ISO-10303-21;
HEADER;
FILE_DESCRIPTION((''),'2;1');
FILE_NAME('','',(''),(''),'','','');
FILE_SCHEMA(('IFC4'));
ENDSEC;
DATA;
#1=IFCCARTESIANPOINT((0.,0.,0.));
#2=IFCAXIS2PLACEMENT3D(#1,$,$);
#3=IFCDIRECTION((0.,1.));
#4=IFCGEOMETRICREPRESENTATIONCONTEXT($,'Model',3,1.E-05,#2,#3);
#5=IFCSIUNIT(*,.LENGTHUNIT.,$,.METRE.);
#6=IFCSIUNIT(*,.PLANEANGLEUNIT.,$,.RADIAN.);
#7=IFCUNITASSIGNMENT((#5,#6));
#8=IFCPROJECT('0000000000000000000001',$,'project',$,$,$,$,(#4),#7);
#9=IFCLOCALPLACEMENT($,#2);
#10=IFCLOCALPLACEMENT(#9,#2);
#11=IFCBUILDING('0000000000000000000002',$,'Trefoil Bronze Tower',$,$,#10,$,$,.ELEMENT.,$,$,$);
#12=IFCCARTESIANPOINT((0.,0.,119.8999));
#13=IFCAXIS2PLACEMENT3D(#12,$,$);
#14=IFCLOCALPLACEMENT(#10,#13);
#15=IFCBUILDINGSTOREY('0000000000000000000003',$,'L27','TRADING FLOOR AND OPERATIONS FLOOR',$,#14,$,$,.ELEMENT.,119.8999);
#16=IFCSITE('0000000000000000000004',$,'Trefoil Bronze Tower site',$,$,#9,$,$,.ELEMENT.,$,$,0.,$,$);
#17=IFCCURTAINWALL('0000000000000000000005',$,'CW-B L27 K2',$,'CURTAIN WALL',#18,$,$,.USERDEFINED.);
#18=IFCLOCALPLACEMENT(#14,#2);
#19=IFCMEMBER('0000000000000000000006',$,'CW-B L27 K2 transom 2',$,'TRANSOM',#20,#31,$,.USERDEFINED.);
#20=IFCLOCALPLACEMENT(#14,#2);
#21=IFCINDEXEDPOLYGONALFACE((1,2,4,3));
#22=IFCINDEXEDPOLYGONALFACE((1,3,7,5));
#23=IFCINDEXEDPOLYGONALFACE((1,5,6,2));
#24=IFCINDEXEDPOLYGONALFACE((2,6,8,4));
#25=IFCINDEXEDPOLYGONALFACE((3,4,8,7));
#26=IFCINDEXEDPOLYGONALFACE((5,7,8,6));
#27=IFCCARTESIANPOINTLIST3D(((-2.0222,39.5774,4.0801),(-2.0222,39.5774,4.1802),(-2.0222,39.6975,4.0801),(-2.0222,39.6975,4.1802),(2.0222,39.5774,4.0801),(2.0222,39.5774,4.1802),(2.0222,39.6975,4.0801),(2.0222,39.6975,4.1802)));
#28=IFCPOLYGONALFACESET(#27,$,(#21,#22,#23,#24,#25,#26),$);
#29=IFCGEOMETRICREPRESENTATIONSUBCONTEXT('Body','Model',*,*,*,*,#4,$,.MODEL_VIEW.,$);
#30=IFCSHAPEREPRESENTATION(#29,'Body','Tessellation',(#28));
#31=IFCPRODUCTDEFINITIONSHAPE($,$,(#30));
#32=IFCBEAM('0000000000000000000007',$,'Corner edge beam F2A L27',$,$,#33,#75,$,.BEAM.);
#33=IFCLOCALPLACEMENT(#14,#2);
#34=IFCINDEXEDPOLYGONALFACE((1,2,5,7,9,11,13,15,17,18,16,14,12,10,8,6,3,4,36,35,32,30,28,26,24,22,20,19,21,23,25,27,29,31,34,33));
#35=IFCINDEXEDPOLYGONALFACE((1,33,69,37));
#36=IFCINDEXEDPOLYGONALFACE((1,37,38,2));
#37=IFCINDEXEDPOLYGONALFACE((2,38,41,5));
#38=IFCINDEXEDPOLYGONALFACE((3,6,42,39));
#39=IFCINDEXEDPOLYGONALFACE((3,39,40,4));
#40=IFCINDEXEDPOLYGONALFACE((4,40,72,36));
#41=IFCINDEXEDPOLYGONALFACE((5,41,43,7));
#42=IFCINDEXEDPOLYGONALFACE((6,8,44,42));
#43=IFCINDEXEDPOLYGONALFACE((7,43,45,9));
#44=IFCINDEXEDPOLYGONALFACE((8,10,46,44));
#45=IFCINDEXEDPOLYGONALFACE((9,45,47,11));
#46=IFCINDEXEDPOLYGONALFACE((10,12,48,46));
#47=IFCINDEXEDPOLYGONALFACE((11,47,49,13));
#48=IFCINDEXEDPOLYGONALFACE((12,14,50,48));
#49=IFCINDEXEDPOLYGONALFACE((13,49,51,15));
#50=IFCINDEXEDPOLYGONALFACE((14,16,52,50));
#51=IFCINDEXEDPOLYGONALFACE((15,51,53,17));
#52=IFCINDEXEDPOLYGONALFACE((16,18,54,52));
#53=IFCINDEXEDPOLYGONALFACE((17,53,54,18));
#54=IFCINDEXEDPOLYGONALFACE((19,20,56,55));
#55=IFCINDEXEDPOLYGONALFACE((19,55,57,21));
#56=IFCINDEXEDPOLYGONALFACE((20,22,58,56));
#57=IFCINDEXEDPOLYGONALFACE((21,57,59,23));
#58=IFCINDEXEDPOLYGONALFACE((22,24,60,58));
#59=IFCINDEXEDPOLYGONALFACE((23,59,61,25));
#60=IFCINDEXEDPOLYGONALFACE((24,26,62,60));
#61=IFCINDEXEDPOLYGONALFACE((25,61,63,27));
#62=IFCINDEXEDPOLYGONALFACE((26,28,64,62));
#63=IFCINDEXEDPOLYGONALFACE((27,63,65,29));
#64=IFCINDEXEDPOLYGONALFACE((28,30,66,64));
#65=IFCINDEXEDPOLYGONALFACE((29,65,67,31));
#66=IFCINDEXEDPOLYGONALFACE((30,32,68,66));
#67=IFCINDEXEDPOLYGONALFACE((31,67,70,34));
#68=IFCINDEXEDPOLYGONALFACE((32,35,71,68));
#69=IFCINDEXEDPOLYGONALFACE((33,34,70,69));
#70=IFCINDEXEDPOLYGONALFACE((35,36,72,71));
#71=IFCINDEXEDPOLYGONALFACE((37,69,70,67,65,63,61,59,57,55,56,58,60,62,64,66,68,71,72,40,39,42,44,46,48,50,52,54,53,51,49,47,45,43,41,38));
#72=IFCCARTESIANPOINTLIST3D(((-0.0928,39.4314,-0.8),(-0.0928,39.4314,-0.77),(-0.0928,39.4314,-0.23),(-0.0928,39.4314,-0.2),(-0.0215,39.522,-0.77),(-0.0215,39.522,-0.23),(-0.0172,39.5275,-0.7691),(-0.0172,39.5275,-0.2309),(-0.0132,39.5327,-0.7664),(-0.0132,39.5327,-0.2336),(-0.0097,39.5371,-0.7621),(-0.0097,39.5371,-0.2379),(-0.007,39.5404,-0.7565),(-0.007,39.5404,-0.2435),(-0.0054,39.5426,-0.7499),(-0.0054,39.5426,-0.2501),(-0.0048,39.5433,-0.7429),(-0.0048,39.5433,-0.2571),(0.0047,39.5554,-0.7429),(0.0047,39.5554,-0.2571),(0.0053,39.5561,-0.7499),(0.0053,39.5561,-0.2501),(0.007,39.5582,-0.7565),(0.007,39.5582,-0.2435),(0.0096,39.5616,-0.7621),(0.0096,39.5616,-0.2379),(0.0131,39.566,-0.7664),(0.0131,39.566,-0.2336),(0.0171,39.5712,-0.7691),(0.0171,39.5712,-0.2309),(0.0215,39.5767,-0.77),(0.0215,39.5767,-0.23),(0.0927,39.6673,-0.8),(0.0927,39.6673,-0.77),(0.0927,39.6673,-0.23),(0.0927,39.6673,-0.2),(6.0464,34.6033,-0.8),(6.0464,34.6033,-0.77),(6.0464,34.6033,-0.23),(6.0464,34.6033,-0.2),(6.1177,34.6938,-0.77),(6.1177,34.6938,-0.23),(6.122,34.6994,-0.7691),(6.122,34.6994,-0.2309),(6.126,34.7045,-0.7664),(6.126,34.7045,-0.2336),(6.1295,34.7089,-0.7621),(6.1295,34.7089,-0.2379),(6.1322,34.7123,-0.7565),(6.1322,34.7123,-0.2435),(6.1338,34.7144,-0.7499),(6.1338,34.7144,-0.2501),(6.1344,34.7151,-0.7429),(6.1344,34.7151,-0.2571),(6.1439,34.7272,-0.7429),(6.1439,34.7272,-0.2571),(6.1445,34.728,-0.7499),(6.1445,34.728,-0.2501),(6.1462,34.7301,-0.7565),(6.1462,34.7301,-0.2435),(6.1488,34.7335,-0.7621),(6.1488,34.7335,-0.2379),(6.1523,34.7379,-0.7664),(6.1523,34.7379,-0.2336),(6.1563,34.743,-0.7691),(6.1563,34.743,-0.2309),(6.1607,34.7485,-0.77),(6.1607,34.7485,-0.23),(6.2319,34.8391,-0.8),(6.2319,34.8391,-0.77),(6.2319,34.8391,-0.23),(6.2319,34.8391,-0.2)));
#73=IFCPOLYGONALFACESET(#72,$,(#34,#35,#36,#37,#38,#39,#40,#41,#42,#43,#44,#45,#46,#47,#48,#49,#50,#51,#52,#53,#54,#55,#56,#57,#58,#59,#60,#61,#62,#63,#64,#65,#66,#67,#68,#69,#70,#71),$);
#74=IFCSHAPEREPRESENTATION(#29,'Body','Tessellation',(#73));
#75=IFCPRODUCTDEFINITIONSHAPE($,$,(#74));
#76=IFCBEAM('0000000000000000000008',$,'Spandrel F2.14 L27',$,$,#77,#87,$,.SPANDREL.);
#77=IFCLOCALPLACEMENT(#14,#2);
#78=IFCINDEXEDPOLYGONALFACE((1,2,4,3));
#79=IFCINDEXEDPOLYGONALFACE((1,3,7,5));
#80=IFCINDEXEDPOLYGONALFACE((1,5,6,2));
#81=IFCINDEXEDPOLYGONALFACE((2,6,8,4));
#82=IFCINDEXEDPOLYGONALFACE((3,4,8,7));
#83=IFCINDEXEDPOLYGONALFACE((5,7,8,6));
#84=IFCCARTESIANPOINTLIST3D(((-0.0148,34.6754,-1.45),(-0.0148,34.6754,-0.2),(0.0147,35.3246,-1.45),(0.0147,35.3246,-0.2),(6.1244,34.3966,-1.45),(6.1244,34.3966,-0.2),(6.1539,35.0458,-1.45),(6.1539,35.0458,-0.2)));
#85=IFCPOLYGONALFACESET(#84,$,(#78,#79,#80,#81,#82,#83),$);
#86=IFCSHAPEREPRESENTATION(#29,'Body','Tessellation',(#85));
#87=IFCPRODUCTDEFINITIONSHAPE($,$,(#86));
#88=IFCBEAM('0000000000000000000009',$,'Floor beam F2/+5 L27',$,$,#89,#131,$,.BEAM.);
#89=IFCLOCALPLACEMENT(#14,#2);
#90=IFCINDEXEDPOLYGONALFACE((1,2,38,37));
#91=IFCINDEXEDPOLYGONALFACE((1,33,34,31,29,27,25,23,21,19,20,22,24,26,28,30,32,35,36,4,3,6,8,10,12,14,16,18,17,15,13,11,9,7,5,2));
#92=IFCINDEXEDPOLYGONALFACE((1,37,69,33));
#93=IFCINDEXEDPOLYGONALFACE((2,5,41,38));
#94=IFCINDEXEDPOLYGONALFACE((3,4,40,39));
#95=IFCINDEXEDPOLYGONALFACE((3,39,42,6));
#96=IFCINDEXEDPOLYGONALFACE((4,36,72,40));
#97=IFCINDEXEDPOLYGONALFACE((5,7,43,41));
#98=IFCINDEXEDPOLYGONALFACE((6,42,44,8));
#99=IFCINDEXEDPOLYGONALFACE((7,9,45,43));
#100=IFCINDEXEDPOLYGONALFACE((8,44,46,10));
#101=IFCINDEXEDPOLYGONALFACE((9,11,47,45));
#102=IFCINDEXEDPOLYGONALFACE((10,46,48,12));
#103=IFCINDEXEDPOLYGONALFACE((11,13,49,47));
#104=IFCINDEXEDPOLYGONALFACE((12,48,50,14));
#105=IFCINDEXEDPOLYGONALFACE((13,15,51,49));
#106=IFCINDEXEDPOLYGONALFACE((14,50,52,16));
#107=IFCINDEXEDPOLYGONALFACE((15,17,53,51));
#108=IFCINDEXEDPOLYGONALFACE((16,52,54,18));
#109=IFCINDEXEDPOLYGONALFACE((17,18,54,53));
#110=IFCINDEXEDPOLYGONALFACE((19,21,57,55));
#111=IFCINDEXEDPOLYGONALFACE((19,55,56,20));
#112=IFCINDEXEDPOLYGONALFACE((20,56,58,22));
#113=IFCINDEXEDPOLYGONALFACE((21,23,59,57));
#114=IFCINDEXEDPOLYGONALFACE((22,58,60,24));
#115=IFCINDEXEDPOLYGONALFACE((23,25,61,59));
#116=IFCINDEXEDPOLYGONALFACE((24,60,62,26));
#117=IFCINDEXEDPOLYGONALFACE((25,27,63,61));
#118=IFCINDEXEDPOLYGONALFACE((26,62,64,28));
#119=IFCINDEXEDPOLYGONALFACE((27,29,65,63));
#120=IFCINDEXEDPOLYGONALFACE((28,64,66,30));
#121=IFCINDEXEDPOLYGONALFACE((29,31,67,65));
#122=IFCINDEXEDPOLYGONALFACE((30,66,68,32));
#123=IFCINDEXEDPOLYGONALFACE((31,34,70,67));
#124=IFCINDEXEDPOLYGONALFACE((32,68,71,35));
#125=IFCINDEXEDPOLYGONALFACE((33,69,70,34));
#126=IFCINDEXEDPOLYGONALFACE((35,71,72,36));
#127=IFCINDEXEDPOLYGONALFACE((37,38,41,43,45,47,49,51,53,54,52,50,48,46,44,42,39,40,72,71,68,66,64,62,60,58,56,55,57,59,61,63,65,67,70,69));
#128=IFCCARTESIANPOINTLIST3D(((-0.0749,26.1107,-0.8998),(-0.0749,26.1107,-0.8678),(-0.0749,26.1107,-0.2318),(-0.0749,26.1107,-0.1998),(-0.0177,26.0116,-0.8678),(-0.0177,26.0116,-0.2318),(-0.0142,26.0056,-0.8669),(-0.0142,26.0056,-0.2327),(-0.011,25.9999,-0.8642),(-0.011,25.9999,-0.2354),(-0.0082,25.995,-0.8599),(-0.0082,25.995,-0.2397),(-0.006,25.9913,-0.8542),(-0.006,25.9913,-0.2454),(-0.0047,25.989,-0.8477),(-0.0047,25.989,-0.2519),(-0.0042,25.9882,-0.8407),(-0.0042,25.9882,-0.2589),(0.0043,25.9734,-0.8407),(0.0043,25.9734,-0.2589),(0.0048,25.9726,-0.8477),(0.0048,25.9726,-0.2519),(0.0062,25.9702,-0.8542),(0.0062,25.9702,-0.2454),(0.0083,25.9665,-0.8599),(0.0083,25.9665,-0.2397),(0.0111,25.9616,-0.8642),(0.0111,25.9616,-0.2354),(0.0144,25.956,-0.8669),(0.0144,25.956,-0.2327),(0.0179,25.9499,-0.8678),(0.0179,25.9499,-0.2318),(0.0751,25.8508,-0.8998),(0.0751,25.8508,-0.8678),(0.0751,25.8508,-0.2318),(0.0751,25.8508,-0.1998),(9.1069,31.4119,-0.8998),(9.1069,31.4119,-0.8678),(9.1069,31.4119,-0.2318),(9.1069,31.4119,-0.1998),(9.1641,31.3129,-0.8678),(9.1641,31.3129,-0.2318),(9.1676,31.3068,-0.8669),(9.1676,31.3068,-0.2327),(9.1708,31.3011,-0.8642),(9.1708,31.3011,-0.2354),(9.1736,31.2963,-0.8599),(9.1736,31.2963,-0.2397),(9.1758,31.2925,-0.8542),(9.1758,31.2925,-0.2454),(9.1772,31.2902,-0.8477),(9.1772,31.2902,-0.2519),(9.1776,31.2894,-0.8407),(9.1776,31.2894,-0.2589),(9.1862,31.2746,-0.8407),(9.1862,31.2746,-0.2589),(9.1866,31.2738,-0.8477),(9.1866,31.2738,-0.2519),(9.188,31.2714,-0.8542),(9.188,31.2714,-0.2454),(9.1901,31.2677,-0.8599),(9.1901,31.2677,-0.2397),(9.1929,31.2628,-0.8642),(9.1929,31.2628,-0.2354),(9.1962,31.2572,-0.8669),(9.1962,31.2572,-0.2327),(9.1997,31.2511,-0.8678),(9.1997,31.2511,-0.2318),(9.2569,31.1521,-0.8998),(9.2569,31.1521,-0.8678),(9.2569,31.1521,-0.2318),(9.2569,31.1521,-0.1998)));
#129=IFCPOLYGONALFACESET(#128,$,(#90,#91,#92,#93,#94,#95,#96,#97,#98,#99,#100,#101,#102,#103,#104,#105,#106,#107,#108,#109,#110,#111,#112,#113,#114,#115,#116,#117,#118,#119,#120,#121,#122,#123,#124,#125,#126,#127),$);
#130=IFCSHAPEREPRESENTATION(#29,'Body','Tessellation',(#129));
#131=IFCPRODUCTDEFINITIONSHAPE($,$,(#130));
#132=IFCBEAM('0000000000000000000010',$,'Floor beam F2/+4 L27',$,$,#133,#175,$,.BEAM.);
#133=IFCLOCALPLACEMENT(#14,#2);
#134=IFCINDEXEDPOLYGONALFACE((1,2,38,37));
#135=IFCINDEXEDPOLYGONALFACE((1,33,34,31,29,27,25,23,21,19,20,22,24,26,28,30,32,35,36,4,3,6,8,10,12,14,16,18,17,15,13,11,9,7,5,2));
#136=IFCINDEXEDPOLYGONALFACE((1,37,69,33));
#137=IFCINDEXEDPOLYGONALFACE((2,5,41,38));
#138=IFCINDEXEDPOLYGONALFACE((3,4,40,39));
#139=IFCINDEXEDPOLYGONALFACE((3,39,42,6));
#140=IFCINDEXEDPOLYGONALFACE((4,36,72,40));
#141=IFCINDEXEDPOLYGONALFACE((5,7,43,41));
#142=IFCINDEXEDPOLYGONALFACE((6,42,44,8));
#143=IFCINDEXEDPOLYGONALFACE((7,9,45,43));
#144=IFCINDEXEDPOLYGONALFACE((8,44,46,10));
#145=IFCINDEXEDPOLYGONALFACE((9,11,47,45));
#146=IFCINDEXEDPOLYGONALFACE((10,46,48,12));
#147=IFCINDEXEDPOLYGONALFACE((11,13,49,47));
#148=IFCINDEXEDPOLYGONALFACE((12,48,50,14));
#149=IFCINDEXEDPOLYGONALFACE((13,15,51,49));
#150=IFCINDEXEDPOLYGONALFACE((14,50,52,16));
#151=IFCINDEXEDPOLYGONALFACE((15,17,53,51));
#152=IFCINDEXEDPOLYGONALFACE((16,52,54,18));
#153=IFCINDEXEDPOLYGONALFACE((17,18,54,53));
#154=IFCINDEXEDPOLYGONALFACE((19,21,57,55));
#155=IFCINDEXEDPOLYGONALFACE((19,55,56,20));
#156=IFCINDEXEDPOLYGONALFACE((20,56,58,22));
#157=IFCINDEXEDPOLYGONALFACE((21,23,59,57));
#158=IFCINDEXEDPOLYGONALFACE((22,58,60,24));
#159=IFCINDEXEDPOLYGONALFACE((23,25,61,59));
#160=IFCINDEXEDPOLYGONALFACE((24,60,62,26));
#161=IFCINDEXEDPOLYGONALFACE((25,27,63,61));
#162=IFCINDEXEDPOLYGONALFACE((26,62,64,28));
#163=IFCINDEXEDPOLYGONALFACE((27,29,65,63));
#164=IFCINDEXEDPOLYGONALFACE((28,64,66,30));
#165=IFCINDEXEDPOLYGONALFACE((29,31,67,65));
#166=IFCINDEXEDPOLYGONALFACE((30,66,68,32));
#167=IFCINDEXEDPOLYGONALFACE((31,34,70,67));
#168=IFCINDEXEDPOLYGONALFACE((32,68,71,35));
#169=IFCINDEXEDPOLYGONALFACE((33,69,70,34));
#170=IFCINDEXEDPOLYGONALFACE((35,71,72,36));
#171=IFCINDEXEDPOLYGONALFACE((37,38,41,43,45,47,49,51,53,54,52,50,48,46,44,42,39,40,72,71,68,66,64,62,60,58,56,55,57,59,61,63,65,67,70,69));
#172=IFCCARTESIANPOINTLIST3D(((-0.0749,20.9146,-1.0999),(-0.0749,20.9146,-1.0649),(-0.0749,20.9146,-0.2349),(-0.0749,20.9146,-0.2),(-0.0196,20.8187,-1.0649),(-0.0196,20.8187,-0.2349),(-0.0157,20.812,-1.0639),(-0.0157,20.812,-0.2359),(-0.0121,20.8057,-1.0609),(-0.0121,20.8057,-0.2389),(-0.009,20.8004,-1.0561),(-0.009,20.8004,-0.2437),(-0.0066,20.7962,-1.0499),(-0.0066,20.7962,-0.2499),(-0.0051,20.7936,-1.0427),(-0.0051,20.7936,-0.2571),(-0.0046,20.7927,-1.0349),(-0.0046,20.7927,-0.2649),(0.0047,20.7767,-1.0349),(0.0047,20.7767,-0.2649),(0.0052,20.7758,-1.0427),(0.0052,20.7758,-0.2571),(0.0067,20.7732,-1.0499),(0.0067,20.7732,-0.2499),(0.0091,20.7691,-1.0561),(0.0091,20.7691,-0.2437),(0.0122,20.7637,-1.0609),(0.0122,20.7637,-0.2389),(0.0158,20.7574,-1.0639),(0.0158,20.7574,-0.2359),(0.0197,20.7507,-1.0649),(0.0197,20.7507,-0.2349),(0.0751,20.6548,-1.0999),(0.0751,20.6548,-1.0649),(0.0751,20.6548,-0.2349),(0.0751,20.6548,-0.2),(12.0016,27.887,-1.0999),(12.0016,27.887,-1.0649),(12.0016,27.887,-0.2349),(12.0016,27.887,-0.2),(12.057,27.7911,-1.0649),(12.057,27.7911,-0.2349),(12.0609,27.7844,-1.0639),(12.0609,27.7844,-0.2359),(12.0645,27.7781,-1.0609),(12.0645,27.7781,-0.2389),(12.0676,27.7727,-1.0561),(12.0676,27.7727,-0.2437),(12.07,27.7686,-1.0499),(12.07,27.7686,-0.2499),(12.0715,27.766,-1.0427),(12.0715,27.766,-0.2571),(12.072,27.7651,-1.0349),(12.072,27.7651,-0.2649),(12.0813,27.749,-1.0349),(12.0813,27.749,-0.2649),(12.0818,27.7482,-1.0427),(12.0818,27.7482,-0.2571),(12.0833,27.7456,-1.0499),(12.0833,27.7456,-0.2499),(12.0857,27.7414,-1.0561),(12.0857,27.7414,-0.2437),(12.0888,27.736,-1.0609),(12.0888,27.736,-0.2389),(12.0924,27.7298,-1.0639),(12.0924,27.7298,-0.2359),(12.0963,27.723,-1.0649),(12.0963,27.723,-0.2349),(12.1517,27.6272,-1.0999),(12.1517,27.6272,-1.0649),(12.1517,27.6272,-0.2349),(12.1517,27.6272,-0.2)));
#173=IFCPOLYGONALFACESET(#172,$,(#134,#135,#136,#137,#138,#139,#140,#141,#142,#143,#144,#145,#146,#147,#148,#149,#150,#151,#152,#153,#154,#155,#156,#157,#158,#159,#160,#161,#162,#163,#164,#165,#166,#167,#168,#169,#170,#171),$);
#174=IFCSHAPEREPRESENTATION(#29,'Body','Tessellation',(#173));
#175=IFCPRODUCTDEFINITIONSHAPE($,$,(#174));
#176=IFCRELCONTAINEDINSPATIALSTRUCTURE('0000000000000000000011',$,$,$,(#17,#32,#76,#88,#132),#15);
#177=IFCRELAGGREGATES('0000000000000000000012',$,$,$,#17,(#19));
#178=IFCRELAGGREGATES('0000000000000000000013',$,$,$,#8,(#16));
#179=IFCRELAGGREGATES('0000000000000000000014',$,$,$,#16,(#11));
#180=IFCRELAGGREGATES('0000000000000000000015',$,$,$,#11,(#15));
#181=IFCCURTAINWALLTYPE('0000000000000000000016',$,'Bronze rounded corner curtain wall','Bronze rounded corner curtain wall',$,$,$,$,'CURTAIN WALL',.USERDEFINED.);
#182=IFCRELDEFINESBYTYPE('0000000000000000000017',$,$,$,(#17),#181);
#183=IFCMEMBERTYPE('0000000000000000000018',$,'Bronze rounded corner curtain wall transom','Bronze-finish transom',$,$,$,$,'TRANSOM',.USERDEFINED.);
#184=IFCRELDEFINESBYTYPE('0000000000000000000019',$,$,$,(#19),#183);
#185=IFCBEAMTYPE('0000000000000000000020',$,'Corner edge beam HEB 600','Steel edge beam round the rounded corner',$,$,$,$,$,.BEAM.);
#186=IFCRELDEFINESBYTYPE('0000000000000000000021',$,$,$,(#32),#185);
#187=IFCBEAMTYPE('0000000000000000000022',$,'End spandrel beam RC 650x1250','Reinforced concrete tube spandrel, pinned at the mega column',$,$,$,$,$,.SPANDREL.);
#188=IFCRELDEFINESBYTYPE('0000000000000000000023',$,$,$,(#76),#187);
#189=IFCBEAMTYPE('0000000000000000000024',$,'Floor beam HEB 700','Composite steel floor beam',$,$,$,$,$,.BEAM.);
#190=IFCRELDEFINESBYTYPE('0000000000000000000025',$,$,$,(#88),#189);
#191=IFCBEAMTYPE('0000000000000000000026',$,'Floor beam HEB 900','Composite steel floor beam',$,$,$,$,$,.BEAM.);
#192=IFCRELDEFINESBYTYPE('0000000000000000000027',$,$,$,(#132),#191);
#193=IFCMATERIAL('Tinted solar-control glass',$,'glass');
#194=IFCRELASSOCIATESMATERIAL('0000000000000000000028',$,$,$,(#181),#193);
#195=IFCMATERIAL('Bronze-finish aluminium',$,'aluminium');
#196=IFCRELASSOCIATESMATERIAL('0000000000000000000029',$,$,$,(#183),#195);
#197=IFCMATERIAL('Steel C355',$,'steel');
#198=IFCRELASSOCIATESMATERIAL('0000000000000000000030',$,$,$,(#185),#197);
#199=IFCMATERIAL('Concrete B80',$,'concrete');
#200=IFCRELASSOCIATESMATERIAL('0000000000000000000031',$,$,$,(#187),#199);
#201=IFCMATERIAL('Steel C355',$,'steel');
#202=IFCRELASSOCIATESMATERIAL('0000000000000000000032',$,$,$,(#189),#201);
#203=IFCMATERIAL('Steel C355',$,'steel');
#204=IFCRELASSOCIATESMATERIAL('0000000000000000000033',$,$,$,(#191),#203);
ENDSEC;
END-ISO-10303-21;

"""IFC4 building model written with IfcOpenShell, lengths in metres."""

from ifc_helpers import new_model, si_unit, direction, frame, origin, origin_2d, place, context, subcontext, project, spatial, rectangle, i_section, extrude, material, material_profile, profile_set, type_object, element, aggregate, save


model = new_model("IFC4")

# Units and contexts
model_context = context("Model", 3, precision=1e-05, world=origin(), true_north=direction((0.0, 1.0)))
body_context = subcontext(model_context, "Body", "Model", "MODEL_VIEW")
ifc_project = project(units=[si_unit("LENGTHUNIT", "METRE"), si_unit("PLANEANGLEUNIT", "RADIAN")], contexts=[model_context])

# Site, building, storey
site_placement = place(None, origin())
site = spatial("IfcSite", under=ifc_project, at=site_placement, Name="Trefoil Bronze Tower site", CompositionType="ELEMENT", RefElevation=0.0)
building_placement = place(site_placement, origin())
building = spatial("IfcBuilding", under=site, at=building_placement, Name="Trefoil Bronze Tower", CompositionType="ELEMENT")
storey_placement = place(building_placement, frame((0.0, 0.0, 119.8999)))
storey = spatial("IfcBuildingStorey", under=building, at=storey_placement, Name="L27", Description="TRADING FLOOR AND OPERATIONS FLOOR", CompositionType="ELEMENT", Elevation=119.8999)

# Curtain wall, member
ifc_material_1 = material(Name="Tinted solar-control glass", Category="glass")
curtain_wall_type_1 = type_object("IfcCurtainWallType", Name="Bronze rounded corner curtain wall", Description="Bronze rounded corner curtain wall", ElementType="CURTAIN WALL", PredefinedType="USERDEFINED", material=ifc_material_1)
curtain_wall_1_placement = place(storey_placement, origin())
curtain_wall_1 = element("IfcCurtainWall", 1, at=curtain_wall_1_placement, inside=storey, type_object=curtain_wall_type_1, Name="CW-B L27 K2", ObjectType="CURTAIN WALL", PredefinedType="USERDEFINED")
ifc_material_2 = material(Name="Bronze-finish aluminium", Category="aluminium")
ifc_material_profile_1 = material_profile(ifc_material_2, rectangle(XDim=0.1201, YDim=0.1001, at=origin_2d()), Name="CW-B transom")
ifc_profile_set_1 = profile_set([ifc_material_profile_1], Name="Bronze-finish aluminium")
member_type_1 = type_object("IfcMemberType", Name="Bronze rounded corner curtain wall transom", Description="Bronze-finish transom", ElementType="TRANSOM", PredefinedType="USERDEFINED", material=ifc_profile_set_1)
member_1_placement = place(storey_placement, frame((2.0222, 39.6375, 4.1301), z_axis=(-1.0, 0.0, 0.0), x_axis=(0.0, -1.0, 0.0)))
member_1 = element("IfcMember", 2, at=member_1_placement, type_object=member_type_1, Name="CW-B L27 K2 transom 2", ObjectType="TRANSOM", PredefinedType="USERDEFINED", context=body_context, shape_type="SweptSolid", body=[
    extrude(rectangle(XDim=0.1201, YDim=0.1001, at=origin_2d()), origin(), (0.0, 0.0, 1.0), 4.0444),
])

# Beams
ifc_material_3 = material(Name="Steel C355", Category="steel")
ifc_material_profile_2 = material_profile(ifc_material_3, i_section(OverallWidth=0.3, OverallDepth=0.6001, WebThickness=0.0154, FlangeThickness=0.03, FilletRadius=0.0271, at=origin_2d()), Name="HEB 600")
ifc_profile_set_2 = profile_set([ifc_material_profile_2], Name="Steel C355")
beam_type_1 = type_object("IfcBeamType", Name="Corner edge beam HEB 600", Description="Steel edge beam round the rounded corner", PredefinedType="BEAM", material=ifc_profile_set_2)
beam_1_placement = place(storey_placement, frame((6.1392, 34.7212, -0.5), z_axis=(-0.786038, 0.618178, 0.0), x_axis=(-0.618178, -0.786038, 0.0)))
element("IfcBeam", 3, at=beam_1_placement, inside=storey, type_object=beam_type_1, Name="Corner edge beam F2A L27", PredefinedType="BEAM", context=body_context, shape_type="SweptSolid", body=[
    extrude(i_section(OverallWidth=0.3, OverallDepth=0.6001, WebThickness=0.0154, FlangeThickness=0.03, FilletRadius=0.0271, at=origin_2d()), origin(), (0.0, 0.0, 1.0), 7.8103),
])
ifc_material_4 = material(Name="Concrete B80", Category="concrete")
ifc_material_profile_3 = material_profile(ifc_material_4, rectangle(XDim=0.6499, YDim=1.25, at=origin_2d()), Name="RC 650x1250")
ifc_profile_set_3 = profile_set([ifc_material_profile_3], Name="Concrete B80")
beam_type_2 = type_object("IfcBeamType", Name="End spandrel beam RC 650x1250", Description="Reinforced concrete tube spandrel, pinned at the mega column", PredefinedType="SPANDREL", material=ifc_profile_set_3)
beam_2_placement = place(storey_placement, frame((6.1392, 34.7212, -0.825), z_axis=(-0.99897, 0.045368, 0.0), x_axis=(-0.045368, -0.99897, 0.0)))
element("IfcBeam", 4, at=beam_2_placement, inside=storey, type_object=beam_type_2, Name="Spandrel F2.14 L27", PredefinedType="SPANDREL", context=body_context, shape_type="SweptSolid", body=[
    extrude(rectangle(XDim=0.6499, YDim=1.25, at=origin_2d()), origin(), (0.0, 0.0, 1.0), 6.1455),
])
ifc_material_5 = material(Name="Steel C355", Category="steel")
ifc_material_profile_4 = material_profile(ifc_material_5, i_section(OverallWidth=0.3, OverallDepth=0.7, WebThickness=0.0171, FlangeThickness=0.032, FilletRadius=0.0271, at=origin_2d()), Name="HEB 700")
ifc_profile_set_4 = profile_set([ifc_material_profile_4], Name="Steel C355")
beam_type_3 = type_object("IfcBeamType", Name="Floor beam HEB 700", Description="Composite steel floor beam", PredefinedType="BEAM", material=ifc_profile_set_4)
beam_3_placement = place(storey_placement, frame((9.1819, 31.282, -0.5498), z_axis=(-0.866021, -0.500007, 0.0), x_axis=(0.500007, -0.866021, 0.0)))
element("IfcBeam", 5, at=beam_3_placement, inside=storey, type_object=beam_type_3, Name="Floor beam F2/+5 L27", PredefinedType="BEAM", context=body_context, shape_type="SweptSolid", body=[
    extrude(i_section(OverallWidth=0.3, OverallDepth=0.7, WebThickness=0.0171, FlangeThickness=0.032, FilletRadius=0.0271, at=origin_2d()), origin(), (0.0, 0.0, 1.0), 10.6023),
])
ifc_material_6 = material(Name="Steel C355", Category="steel")
ifc_material_profile_5 = material_profile(ifc_material_6, i_section(OverallWidth=0.3, OverallDepth=0.8999, WebThickness=0.0186, FlangeThickness=0.0349, FilletRadius=0.03, at=origin_2d()), Name="HEB 900")
ifc_profile_set_5 = profile_set([ifc_material_profile_5], Name="Steel C355")
beam_type_4 = type_object("IfcBeamType", Name="Floor beam HEB 900", Description="Composite steel floor beam", PredefinedType="BEAM", material=ifc_profile_set_5)
beam_4_placement = place(storey_placement, frame((12.0767, 27.7571, -0.6499), z_axis=(-0.866027, -0.499997, 0.0), x_axis=(0.499997, -0.866027, 0.0)))
element("IfcBeam", 6, at=beam_4_placement, inside=storey, type_object=beam_type_4, Name="Floor beam F2/+4 L27", PredefinedType="BEAM", context=body_context, shape_type="SweptSolid", body=[
    extrude(i_section(OverallWidth=0.3, OverallDepth=0.8999, WebThickness=0.0186, FlangeThickness=0.0349, FilletRadius=0.03, at=origin_2d()), origin(), (0.0, 0.0, 1.0), 13.9448),
])

aggregate(curtain_wall_1, [member_1])

save(model, "model.ifc")
